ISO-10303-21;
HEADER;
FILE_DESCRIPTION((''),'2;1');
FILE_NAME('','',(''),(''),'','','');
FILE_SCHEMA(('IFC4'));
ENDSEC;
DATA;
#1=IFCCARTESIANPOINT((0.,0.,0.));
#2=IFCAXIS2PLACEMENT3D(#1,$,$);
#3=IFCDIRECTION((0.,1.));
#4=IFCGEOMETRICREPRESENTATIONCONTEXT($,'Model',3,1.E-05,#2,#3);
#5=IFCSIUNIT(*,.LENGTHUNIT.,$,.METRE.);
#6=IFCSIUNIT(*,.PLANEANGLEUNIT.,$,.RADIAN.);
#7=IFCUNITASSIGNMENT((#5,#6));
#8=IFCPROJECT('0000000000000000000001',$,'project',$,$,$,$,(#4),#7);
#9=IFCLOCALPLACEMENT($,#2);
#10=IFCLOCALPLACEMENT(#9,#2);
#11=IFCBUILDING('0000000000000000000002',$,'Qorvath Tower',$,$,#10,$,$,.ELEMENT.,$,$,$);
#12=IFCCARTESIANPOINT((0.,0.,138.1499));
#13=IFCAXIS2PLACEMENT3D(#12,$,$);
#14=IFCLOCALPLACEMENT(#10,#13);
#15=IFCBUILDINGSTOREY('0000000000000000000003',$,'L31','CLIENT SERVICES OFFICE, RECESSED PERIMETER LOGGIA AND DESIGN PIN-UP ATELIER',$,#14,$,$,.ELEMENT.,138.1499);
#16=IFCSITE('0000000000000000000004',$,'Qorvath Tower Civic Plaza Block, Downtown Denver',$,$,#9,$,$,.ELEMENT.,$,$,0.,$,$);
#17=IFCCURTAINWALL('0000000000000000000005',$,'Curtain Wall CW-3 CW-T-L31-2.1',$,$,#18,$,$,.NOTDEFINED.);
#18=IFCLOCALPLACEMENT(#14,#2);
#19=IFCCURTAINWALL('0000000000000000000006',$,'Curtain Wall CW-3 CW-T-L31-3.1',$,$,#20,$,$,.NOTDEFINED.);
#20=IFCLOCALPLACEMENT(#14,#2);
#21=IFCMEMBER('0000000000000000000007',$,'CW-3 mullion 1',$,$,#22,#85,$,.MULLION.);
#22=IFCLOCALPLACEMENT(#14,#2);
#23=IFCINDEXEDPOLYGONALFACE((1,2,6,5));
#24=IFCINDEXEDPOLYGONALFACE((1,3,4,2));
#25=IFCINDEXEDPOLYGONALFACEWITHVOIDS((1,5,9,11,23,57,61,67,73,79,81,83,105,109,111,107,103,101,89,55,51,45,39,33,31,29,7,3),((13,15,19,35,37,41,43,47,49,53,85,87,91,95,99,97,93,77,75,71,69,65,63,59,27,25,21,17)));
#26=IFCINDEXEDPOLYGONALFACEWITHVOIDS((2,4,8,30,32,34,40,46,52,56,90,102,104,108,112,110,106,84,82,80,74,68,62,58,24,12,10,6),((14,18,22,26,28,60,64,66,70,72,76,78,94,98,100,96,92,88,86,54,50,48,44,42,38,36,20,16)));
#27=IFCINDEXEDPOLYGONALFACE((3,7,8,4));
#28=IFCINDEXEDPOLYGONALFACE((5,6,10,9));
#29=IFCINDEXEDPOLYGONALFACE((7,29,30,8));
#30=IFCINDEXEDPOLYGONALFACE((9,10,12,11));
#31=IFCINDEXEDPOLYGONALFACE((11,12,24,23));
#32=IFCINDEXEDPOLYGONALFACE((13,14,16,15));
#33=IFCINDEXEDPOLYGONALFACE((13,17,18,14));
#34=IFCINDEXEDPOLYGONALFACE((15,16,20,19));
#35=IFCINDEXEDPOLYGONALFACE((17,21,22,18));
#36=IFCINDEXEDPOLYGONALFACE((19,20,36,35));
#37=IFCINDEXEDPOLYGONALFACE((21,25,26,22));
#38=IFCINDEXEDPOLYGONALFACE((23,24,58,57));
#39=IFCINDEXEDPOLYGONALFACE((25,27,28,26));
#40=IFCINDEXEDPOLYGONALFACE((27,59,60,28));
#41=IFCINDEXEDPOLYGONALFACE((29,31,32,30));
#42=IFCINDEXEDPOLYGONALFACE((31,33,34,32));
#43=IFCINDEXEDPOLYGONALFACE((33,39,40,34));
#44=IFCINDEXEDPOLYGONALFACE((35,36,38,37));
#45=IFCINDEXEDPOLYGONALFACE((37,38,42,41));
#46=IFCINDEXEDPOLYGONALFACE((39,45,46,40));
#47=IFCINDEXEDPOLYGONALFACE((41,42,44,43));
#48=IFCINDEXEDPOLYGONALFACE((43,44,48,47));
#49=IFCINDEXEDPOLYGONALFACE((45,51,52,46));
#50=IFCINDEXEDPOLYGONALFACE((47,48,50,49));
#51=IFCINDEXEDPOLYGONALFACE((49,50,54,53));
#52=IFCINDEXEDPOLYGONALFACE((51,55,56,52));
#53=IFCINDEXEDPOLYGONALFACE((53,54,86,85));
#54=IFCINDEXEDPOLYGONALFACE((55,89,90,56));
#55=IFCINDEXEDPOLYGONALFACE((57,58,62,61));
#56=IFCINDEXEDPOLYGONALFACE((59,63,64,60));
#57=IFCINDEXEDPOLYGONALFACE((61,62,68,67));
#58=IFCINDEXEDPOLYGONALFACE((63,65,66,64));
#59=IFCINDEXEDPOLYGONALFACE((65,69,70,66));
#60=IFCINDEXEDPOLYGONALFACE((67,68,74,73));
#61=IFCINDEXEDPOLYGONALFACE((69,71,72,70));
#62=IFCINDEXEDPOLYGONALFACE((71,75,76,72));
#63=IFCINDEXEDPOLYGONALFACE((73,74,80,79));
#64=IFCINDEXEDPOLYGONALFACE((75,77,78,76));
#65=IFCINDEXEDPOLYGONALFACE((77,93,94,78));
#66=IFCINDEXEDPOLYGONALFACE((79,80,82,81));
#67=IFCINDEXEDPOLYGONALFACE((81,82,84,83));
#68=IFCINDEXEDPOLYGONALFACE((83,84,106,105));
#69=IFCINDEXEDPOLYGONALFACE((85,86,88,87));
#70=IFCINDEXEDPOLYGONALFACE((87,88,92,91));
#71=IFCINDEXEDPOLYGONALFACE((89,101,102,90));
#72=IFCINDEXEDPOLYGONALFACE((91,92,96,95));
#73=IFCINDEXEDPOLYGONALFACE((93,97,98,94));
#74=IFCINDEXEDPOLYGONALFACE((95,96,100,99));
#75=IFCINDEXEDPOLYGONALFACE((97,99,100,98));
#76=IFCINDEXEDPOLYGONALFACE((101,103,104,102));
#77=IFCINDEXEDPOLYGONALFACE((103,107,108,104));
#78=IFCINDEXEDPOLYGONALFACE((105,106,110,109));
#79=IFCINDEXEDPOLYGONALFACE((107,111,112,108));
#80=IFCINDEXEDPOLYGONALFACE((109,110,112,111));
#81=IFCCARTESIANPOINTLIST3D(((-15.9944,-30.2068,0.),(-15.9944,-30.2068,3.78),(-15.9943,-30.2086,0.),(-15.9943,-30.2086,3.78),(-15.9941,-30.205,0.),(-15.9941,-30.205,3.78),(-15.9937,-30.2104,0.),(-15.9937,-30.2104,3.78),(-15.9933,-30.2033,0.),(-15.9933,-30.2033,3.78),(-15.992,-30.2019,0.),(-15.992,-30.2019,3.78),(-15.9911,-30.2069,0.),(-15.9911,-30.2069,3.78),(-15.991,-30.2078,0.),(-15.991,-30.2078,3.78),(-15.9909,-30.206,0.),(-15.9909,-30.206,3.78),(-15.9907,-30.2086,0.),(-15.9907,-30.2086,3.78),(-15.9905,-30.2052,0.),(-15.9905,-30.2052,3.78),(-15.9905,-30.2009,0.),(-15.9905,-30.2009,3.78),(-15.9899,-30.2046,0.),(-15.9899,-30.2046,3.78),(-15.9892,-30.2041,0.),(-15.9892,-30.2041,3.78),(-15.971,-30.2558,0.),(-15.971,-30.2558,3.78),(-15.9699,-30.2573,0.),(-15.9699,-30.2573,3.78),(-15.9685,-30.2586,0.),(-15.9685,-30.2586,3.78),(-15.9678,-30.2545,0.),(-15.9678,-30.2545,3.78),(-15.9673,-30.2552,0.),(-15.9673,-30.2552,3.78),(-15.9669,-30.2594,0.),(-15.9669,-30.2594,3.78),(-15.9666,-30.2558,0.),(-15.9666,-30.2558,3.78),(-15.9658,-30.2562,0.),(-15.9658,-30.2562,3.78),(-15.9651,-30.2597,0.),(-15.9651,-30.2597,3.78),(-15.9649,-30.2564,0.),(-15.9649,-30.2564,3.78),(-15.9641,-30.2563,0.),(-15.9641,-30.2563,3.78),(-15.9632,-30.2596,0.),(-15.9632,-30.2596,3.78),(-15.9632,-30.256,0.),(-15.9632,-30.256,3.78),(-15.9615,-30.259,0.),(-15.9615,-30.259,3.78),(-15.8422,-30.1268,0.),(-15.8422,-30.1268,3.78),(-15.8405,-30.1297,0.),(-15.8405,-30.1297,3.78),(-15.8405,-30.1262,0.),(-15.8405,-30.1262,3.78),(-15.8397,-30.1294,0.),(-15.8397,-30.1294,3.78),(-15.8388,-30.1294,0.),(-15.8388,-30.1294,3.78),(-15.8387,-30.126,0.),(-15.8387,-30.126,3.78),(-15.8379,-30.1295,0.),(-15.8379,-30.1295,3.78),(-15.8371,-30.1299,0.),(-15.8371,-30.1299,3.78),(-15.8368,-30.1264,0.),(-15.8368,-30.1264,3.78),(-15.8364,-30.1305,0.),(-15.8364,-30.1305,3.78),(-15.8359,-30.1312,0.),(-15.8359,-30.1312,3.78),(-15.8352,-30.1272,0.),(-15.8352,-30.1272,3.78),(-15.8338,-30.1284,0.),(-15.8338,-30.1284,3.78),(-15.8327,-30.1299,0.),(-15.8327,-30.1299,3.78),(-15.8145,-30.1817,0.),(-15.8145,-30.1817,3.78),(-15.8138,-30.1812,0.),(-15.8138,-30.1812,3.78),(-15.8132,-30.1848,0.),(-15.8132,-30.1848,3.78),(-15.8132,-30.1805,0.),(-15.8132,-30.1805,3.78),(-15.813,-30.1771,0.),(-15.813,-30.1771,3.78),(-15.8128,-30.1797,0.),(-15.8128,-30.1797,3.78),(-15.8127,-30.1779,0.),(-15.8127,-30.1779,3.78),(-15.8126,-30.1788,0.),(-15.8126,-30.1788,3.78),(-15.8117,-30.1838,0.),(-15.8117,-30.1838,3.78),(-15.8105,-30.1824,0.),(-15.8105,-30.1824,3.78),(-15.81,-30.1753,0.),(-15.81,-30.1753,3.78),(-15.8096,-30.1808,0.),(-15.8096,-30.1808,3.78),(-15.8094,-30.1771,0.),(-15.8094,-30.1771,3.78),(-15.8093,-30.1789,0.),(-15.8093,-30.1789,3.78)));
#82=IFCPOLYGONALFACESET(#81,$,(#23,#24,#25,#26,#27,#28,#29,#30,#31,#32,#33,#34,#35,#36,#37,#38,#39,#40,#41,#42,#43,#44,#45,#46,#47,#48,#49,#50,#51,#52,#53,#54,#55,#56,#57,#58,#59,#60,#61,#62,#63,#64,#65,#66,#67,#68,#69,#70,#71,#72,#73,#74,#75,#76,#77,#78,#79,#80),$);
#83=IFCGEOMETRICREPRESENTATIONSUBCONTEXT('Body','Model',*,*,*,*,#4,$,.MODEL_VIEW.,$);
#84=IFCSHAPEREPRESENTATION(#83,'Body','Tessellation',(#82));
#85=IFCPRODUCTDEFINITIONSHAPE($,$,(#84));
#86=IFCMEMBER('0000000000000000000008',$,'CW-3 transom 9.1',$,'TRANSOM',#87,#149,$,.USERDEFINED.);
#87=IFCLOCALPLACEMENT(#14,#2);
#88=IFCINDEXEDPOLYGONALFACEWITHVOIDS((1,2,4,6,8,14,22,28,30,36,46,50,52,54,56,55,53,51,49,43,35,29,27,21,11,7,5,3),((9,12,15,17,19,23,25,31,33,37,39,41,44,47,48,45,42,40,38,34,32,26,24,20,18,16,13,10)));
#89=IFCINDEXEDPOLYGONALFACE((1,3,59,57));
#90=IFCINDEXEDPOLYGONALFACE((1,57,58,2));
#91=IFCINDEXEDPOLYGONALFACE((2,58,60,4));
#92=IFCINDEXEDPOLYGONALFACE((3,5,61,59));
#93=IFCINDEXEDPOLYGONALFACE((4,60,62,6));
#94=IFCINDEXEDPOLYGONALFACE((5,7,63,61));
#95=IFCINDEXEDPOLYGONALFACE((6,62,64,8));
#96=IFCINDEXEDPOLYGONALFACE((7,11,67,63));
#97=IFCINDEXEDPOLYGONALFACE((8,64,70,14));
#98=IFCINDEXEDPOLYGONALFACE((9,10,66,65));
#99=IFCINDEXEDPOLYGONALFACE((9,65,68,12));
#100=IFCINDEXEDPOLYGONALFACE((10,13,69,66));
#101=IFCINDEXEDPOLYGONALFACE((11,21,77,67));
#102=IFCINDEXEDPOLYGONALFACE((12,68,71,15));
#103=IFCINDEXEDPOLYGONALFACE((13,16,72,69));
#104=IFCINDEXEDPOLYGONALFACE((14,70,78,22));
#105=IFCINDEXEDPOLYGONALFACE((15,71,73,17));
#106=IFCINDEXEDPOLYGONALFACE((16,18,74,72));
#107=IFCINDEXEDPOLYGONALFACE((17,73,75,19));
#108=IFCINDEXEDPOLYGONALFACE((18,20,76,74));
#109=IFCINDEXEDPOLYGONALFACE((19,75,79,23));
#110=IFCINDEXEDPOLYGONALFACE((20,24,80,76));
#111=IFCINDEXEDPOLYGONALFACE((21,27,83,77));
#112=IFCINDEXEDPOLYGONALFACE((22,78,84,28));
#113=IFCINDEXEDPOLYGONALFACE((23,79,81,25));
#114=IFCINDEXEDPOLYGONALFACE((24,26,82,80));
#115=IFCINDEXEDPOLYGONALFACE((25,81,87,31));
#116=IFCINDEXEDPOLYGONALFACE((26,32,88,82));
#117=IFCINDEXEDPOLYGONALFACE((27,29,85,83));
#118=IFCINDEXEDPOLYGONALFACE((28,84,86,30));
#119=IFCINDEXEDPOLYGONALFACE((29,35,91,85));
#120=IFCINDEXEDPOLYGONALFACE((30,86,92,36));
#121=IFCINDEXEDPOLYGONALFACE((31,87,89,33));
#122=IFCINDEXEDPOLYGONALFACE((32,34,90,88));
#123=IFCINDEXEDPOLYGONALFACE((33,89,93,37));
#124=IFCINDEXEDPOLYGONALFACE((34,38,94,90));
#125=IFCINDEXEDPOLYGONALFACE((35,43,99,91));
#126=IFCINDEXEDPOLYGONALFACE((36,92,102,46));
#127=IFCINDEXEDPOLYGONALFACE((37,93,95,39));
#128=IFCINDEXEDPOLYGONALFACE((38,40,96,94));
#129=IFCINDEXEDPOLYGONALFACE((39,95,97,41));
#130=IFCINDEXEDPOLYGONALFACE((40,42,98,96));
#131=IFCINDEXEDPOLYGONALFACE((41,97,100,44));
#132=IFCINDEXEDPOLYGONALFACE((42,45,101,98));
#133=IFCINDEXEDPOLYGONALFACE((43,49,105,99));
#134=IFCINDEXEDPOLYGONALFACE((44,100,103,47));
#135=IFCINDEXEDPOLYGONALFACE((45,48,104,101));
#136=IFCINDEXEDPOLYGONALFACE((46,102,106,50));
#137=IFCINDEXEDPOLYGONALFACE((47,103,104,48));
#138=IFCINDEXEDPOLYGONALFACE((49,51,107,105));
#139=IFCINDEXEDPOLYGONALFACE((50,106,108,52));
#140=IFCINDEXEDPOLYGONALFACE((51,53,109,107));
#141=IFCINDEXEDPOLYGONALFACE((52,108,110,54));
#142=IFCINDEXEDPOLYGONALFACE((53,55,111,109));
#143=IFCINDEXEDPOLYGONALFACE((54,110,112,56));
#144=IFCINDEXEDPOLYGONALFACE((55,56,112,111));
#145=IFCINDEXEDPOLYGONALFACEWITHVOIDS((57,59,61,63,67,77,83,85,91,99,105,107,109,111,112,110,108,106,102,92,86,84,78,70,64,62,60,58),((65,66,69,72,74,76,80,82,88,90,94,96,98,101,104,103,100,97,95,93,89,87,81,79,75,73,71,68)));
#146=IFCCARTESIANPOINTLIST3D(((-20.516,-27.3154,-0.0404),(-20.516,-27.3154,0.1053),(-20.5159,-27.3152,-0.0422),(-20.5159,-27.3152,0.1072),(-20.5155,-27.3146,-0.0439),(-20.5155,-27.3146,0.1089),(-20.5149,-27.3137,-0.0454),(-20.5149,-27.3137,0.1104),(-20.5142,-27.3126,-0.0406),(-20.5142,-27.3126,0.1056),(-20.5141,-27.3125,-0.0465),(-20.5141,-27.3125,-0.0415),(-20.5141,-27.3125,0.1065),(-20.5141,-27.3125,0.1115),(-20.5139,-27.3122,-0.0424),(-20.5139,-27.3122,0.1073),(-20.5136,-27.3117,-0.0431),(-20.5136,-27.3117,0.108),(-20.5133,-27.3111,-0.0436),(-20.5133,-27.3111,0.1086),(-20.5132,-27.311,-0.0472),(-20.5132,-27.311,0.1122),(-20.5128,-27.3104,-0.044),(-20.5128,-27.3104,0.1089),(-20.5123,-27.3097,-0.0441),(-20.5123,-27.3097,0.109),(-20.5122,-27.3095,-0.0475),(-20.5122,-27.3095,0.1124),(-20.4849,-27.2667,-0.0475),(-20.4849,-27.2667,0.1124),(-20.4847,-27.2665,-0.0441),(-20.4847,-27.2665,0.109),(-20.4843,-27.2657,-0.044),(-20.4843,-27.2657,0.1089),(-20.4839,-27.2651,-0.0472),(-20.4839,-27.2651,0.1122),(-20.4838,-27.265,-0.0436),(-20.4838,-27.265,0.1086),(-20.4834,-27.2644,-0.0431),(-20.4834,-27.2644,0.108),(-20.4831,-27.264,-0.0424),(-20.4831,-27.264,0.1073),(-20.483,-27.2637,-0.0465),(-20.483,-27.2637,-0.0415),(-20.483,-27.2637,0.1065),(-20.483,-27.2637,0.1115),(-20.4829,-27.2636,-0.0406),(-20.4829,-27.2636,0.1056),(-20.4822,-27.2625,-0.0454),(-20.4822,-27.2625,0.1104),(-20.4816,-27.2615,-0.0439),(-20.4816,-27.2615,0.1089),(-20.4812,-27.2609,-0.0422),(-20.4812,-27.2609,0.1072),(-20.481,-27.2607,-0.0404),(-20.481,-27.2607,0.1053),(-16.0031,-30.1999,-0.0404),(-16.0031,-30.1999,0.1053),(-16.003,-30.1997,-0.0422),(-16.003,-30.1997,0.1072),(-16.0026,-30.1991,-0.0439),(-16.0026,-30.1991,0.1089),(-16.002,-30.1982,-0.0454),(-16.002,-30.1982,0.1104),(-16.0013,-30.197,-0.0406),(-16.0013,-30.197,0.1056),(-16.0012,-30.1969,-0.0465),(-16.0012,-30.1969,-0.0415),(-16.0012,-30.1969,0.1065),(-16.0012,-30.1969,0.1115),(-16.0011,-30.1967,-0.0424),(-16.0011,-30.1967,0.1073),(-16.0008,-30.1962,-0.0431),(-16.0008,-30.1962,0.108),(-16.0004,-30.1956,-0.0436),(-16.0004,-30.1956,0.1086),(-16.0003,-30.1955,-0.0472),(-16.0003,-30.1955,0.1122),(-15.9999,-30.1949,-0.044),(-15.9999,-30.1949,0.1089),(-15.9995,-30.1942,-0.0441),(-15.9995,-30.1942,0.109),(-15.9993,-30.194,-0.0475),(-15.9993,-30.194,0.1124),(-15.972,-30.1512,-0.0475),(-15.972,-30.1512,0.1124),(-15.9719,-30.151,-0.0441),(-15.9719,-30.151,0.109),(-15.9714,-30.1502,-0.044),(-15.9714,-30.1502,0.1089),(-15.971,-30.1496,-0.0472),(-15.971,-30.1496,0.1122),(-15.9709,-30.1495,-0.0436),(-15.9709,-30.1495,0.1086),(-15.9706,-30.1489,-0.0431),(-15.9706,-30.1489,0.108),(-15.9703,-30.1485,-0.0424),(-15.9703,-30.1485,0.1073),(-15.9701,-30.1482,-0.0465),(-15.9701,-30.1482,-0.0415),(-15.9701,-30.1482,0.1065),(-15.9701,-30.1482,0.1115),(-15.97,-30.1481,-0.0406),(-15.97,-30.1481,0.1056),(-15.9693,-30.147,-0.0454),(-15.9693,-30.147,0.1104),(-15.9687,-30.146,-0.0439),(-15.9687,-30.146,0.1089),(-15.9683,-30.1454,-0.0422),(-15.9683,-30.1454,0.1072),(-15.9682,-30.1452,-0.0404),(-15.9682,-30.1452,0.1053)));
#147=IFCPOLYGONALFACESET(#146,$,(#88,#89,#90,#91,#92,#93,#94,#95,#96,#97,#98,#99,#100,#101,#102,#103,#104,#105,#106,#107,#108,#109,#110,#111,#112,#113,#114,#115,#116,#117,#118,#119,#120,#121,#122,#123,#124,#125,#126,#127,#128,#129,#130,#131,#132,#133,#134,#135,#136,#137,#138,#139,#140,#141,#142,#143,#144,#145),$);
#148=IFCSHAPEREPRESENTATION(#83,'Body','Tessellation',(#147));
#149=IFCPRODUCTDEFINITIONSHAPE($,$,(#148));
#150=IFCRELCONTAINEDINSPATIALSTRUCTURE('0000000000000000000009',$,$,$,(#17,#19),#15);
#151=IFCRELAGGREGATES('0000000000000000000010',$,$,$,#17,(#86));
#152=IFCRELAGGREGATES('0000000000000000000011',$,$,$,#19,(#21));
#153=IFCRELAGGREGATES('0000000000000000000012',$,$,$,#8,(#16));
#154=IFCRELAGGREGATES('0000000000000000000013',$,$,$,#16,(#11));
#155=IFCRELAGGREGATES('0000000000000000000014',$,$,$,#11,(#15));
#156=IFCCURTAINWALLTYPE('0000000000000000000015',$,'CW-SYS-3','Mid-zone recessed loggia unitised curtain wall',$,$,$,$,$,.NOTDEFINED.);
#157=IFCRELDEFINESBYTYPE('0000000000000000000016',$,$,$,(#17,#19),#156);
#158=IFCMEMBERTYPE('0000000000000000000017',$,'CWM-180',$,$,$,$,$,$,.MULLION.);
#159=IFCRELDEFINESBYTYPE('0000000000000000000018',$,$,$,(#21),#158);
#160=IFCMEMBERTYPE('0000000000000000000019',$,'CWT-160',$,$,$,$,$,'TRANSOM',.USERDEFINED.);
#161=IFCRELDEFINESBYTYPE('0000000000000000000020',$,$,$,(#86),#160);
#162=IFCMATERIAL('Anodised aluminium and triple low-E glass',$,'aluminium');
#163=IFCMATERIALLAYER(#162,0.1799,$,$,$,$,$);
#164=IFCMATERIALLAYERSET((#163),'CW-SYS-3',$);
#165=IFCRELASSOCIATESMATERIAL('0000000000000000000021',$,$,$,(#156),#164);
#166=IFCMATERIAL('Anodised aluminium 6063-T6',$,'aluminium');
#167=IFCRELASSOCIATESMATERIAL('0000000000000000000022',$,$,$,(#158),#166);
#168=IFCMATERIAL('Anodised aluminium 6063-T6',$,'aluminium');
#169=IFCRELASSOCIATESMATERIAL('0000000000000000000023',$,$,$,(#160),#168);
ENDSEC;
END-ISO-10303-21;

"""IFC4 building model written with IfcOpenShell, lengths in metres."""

from ifc_helpers import new_model, si_unit, direction, frame, origin, origin_2d, place, context, subcontext, project, spatial, hollow_rectangle, extrude, material, layer, layer_set, material_profile, profile_set, type_object, element, aggregate, save


model = new_model("IFC4")

# Units and contexts
model_context = context("Model", 3, precision=1e-05, world=origin(), true_north=direction((0.0, 1.0)))
body_context = subcontext(model_context, "Body", "Model", "MODEL_VIEW")
ifc_project = project(units=[si_unit("LENGTHUNIT", "METRE"), si_unit("PLANEANGLEUNIT", "RADIAN")], contexts=[model_context])

# Site, building, storey
site_placement = place(None, origin())
site = spatial("IfcSite", under=ifc_project, at=site_placement, Name="Qorvath Tower Civic Plaza Block, Downtown Denver", CompositionType="ELEMENT", RefElevation=0.0)
building_placement = place(site_placement, origin())
building = spatial("IfcBuilding", under=site, at=building_placement, Name="Qorvath Tower", CompositionType="ELEMENT")
storey_placement = place(building_placement, frame((0.0, 0.0, 138.1499)))
storey = spatial("IfcBuildingStorey", under=building, at=storey_placement, Name="L31", Description="CLIENT SERVICES OFFICE, RECESSED PERIMETER LOGGIA AND DESIGN PIN-UP ATELIER", CompositionType="ELEMENT", Elevation=138.1499)

# Curtain wall
ifc_material_1 = material(Name="Anodised aluminium and triple low-E glass", Category="aluminium")
ifc_layer_1 = layer(ifc_material_1, 0.1799)
ifc_layer_set_1 = layer_set([ifc_layer_1], Name="CW-SYS-3")
curtain_wall_type = type_object("IfcCurtainWallType", Name="CW-SYS-3", Description="Mid-zone recessed loggia unitised curtain wall", PredefinedType="NOTDEFINED", material=ifc_layer_set_1)
curtain_wall_1_placement = place(storey_placement, origin())
curtain_wall_1 = element("IfcCurtainWall", 1, at=curtain_wall_1_placement, inside=storey, type_object=curtain_wall_type, Name="Curtain Wall CW-3 CW-T-L31-2.1", PredefinedType="NOTDEFINED")
ifc_material_2 = material(Name="Anodised aluminium 6063-T6", Category="aluminium")
ifc_material_profile_1 = material_profile(ifc_material_2, hollow_rectangle(XDim=0.0649, YDim=0.1799, WallThickness=0.0034, InnerFilletRadius=0.0034, OuterFilletRadius=0.0071, at=origin_2d()), Name="CWM 180x65")
ifc_profile_set_1 = profile_set([ifc_material_profile_1], Name="Anodised aluminium 6063-T6")
member_type_1 = type_object("IfcMemberType", Name="CWM-180", PredefinedType="MULLION", material=ifc_profile_set_1)

# Curtain wall, member
curtain_wall_2_placement = place(storey_placement, origin())
curtain_wall_2 = element("IfcCurtainWall", 2, at=curtain_wall_2_placement, inside=storey, type_object=curtain_wall_type, Name="Curtain Wall CW-3 CW-T-L31-3.1", PredefinedType="NOTDEFINED")
member_1_placement = place(storey_placement, frame((-15.9019, -30.1929, 0.0), z_axis=(0.0, 0.0, 1.0), x_axis=(-0.447214, 0.894427, 0.0)))
member_1 = element("IfcMember", 3, at=member_1_placement, type_object=member_type_1, Name="CW-3 mullion 1", PredefinedType="MULLION", context=body_context, shape_type="SweptSolid", body=[
    extrude(hollow_rectangle(XDim=0.0649, YDim=0.1799, WallThickness=0.0034, InnerFilletRadius=0.0034, OuterFilletRadius=0.0071, at=origin_2d()), origin(), (0.0, 0.0, 1.0), 3.78),
])

# Member
ifc_material_3 = material(Name="Anodised aluminium 6063-T6", Category="aluminium")
ifc_material_profile_2 = material_profile(ifc_material_3, hollow_rectangle(XDim=0.0649, YDim=0.1599, WallThickness=0.0034, InnerFilletRadius=0.0034, OuterFilletRadius=0.0071, at=origin_2d()), Name="CWT 160x65")
ifc_profile_set_2 = profile_set([ifc_material_profile_2], Name="Anodised aluminium 6063-T6")
member_type_2 = type_object("IfcMemberType", Name="CWT-160", ElementType="TRANSOM", PredefinedType="USERDEFINED", material=ifc_profile_set_2)
member_2_placement = place(storey_placement, frame((-20.4985, -27.2881, 0.0325), z_axis=(0.84259, -0.538556, 0.0), x_axis=(0.538556, 0.84259, 0.0)))
member_2 = element("IfcMember", 4, at=member_2_placement, type_object=member_type_2, Name="CW-3 transom 9.1", ObjectType="TRANSOM", PredefinedType="USERDEFINED", context=body_context, shape_type="SweptSolid", body=[
    extrude(hollow_rectangle(XDim=0.0649, YDim=0.1599, WallThickness=0.0034, InnerFilletRadius=0.0034, OuterFilletRadius=0.0071, at=origin_2d()), origin(), (0.0, 0.0, 1.0), 5.356),
])

aggregate(curtain_wall_1, [member_2])
aggregate(curtain_wall_2, [member_1])

save(model, "model.ifc")
